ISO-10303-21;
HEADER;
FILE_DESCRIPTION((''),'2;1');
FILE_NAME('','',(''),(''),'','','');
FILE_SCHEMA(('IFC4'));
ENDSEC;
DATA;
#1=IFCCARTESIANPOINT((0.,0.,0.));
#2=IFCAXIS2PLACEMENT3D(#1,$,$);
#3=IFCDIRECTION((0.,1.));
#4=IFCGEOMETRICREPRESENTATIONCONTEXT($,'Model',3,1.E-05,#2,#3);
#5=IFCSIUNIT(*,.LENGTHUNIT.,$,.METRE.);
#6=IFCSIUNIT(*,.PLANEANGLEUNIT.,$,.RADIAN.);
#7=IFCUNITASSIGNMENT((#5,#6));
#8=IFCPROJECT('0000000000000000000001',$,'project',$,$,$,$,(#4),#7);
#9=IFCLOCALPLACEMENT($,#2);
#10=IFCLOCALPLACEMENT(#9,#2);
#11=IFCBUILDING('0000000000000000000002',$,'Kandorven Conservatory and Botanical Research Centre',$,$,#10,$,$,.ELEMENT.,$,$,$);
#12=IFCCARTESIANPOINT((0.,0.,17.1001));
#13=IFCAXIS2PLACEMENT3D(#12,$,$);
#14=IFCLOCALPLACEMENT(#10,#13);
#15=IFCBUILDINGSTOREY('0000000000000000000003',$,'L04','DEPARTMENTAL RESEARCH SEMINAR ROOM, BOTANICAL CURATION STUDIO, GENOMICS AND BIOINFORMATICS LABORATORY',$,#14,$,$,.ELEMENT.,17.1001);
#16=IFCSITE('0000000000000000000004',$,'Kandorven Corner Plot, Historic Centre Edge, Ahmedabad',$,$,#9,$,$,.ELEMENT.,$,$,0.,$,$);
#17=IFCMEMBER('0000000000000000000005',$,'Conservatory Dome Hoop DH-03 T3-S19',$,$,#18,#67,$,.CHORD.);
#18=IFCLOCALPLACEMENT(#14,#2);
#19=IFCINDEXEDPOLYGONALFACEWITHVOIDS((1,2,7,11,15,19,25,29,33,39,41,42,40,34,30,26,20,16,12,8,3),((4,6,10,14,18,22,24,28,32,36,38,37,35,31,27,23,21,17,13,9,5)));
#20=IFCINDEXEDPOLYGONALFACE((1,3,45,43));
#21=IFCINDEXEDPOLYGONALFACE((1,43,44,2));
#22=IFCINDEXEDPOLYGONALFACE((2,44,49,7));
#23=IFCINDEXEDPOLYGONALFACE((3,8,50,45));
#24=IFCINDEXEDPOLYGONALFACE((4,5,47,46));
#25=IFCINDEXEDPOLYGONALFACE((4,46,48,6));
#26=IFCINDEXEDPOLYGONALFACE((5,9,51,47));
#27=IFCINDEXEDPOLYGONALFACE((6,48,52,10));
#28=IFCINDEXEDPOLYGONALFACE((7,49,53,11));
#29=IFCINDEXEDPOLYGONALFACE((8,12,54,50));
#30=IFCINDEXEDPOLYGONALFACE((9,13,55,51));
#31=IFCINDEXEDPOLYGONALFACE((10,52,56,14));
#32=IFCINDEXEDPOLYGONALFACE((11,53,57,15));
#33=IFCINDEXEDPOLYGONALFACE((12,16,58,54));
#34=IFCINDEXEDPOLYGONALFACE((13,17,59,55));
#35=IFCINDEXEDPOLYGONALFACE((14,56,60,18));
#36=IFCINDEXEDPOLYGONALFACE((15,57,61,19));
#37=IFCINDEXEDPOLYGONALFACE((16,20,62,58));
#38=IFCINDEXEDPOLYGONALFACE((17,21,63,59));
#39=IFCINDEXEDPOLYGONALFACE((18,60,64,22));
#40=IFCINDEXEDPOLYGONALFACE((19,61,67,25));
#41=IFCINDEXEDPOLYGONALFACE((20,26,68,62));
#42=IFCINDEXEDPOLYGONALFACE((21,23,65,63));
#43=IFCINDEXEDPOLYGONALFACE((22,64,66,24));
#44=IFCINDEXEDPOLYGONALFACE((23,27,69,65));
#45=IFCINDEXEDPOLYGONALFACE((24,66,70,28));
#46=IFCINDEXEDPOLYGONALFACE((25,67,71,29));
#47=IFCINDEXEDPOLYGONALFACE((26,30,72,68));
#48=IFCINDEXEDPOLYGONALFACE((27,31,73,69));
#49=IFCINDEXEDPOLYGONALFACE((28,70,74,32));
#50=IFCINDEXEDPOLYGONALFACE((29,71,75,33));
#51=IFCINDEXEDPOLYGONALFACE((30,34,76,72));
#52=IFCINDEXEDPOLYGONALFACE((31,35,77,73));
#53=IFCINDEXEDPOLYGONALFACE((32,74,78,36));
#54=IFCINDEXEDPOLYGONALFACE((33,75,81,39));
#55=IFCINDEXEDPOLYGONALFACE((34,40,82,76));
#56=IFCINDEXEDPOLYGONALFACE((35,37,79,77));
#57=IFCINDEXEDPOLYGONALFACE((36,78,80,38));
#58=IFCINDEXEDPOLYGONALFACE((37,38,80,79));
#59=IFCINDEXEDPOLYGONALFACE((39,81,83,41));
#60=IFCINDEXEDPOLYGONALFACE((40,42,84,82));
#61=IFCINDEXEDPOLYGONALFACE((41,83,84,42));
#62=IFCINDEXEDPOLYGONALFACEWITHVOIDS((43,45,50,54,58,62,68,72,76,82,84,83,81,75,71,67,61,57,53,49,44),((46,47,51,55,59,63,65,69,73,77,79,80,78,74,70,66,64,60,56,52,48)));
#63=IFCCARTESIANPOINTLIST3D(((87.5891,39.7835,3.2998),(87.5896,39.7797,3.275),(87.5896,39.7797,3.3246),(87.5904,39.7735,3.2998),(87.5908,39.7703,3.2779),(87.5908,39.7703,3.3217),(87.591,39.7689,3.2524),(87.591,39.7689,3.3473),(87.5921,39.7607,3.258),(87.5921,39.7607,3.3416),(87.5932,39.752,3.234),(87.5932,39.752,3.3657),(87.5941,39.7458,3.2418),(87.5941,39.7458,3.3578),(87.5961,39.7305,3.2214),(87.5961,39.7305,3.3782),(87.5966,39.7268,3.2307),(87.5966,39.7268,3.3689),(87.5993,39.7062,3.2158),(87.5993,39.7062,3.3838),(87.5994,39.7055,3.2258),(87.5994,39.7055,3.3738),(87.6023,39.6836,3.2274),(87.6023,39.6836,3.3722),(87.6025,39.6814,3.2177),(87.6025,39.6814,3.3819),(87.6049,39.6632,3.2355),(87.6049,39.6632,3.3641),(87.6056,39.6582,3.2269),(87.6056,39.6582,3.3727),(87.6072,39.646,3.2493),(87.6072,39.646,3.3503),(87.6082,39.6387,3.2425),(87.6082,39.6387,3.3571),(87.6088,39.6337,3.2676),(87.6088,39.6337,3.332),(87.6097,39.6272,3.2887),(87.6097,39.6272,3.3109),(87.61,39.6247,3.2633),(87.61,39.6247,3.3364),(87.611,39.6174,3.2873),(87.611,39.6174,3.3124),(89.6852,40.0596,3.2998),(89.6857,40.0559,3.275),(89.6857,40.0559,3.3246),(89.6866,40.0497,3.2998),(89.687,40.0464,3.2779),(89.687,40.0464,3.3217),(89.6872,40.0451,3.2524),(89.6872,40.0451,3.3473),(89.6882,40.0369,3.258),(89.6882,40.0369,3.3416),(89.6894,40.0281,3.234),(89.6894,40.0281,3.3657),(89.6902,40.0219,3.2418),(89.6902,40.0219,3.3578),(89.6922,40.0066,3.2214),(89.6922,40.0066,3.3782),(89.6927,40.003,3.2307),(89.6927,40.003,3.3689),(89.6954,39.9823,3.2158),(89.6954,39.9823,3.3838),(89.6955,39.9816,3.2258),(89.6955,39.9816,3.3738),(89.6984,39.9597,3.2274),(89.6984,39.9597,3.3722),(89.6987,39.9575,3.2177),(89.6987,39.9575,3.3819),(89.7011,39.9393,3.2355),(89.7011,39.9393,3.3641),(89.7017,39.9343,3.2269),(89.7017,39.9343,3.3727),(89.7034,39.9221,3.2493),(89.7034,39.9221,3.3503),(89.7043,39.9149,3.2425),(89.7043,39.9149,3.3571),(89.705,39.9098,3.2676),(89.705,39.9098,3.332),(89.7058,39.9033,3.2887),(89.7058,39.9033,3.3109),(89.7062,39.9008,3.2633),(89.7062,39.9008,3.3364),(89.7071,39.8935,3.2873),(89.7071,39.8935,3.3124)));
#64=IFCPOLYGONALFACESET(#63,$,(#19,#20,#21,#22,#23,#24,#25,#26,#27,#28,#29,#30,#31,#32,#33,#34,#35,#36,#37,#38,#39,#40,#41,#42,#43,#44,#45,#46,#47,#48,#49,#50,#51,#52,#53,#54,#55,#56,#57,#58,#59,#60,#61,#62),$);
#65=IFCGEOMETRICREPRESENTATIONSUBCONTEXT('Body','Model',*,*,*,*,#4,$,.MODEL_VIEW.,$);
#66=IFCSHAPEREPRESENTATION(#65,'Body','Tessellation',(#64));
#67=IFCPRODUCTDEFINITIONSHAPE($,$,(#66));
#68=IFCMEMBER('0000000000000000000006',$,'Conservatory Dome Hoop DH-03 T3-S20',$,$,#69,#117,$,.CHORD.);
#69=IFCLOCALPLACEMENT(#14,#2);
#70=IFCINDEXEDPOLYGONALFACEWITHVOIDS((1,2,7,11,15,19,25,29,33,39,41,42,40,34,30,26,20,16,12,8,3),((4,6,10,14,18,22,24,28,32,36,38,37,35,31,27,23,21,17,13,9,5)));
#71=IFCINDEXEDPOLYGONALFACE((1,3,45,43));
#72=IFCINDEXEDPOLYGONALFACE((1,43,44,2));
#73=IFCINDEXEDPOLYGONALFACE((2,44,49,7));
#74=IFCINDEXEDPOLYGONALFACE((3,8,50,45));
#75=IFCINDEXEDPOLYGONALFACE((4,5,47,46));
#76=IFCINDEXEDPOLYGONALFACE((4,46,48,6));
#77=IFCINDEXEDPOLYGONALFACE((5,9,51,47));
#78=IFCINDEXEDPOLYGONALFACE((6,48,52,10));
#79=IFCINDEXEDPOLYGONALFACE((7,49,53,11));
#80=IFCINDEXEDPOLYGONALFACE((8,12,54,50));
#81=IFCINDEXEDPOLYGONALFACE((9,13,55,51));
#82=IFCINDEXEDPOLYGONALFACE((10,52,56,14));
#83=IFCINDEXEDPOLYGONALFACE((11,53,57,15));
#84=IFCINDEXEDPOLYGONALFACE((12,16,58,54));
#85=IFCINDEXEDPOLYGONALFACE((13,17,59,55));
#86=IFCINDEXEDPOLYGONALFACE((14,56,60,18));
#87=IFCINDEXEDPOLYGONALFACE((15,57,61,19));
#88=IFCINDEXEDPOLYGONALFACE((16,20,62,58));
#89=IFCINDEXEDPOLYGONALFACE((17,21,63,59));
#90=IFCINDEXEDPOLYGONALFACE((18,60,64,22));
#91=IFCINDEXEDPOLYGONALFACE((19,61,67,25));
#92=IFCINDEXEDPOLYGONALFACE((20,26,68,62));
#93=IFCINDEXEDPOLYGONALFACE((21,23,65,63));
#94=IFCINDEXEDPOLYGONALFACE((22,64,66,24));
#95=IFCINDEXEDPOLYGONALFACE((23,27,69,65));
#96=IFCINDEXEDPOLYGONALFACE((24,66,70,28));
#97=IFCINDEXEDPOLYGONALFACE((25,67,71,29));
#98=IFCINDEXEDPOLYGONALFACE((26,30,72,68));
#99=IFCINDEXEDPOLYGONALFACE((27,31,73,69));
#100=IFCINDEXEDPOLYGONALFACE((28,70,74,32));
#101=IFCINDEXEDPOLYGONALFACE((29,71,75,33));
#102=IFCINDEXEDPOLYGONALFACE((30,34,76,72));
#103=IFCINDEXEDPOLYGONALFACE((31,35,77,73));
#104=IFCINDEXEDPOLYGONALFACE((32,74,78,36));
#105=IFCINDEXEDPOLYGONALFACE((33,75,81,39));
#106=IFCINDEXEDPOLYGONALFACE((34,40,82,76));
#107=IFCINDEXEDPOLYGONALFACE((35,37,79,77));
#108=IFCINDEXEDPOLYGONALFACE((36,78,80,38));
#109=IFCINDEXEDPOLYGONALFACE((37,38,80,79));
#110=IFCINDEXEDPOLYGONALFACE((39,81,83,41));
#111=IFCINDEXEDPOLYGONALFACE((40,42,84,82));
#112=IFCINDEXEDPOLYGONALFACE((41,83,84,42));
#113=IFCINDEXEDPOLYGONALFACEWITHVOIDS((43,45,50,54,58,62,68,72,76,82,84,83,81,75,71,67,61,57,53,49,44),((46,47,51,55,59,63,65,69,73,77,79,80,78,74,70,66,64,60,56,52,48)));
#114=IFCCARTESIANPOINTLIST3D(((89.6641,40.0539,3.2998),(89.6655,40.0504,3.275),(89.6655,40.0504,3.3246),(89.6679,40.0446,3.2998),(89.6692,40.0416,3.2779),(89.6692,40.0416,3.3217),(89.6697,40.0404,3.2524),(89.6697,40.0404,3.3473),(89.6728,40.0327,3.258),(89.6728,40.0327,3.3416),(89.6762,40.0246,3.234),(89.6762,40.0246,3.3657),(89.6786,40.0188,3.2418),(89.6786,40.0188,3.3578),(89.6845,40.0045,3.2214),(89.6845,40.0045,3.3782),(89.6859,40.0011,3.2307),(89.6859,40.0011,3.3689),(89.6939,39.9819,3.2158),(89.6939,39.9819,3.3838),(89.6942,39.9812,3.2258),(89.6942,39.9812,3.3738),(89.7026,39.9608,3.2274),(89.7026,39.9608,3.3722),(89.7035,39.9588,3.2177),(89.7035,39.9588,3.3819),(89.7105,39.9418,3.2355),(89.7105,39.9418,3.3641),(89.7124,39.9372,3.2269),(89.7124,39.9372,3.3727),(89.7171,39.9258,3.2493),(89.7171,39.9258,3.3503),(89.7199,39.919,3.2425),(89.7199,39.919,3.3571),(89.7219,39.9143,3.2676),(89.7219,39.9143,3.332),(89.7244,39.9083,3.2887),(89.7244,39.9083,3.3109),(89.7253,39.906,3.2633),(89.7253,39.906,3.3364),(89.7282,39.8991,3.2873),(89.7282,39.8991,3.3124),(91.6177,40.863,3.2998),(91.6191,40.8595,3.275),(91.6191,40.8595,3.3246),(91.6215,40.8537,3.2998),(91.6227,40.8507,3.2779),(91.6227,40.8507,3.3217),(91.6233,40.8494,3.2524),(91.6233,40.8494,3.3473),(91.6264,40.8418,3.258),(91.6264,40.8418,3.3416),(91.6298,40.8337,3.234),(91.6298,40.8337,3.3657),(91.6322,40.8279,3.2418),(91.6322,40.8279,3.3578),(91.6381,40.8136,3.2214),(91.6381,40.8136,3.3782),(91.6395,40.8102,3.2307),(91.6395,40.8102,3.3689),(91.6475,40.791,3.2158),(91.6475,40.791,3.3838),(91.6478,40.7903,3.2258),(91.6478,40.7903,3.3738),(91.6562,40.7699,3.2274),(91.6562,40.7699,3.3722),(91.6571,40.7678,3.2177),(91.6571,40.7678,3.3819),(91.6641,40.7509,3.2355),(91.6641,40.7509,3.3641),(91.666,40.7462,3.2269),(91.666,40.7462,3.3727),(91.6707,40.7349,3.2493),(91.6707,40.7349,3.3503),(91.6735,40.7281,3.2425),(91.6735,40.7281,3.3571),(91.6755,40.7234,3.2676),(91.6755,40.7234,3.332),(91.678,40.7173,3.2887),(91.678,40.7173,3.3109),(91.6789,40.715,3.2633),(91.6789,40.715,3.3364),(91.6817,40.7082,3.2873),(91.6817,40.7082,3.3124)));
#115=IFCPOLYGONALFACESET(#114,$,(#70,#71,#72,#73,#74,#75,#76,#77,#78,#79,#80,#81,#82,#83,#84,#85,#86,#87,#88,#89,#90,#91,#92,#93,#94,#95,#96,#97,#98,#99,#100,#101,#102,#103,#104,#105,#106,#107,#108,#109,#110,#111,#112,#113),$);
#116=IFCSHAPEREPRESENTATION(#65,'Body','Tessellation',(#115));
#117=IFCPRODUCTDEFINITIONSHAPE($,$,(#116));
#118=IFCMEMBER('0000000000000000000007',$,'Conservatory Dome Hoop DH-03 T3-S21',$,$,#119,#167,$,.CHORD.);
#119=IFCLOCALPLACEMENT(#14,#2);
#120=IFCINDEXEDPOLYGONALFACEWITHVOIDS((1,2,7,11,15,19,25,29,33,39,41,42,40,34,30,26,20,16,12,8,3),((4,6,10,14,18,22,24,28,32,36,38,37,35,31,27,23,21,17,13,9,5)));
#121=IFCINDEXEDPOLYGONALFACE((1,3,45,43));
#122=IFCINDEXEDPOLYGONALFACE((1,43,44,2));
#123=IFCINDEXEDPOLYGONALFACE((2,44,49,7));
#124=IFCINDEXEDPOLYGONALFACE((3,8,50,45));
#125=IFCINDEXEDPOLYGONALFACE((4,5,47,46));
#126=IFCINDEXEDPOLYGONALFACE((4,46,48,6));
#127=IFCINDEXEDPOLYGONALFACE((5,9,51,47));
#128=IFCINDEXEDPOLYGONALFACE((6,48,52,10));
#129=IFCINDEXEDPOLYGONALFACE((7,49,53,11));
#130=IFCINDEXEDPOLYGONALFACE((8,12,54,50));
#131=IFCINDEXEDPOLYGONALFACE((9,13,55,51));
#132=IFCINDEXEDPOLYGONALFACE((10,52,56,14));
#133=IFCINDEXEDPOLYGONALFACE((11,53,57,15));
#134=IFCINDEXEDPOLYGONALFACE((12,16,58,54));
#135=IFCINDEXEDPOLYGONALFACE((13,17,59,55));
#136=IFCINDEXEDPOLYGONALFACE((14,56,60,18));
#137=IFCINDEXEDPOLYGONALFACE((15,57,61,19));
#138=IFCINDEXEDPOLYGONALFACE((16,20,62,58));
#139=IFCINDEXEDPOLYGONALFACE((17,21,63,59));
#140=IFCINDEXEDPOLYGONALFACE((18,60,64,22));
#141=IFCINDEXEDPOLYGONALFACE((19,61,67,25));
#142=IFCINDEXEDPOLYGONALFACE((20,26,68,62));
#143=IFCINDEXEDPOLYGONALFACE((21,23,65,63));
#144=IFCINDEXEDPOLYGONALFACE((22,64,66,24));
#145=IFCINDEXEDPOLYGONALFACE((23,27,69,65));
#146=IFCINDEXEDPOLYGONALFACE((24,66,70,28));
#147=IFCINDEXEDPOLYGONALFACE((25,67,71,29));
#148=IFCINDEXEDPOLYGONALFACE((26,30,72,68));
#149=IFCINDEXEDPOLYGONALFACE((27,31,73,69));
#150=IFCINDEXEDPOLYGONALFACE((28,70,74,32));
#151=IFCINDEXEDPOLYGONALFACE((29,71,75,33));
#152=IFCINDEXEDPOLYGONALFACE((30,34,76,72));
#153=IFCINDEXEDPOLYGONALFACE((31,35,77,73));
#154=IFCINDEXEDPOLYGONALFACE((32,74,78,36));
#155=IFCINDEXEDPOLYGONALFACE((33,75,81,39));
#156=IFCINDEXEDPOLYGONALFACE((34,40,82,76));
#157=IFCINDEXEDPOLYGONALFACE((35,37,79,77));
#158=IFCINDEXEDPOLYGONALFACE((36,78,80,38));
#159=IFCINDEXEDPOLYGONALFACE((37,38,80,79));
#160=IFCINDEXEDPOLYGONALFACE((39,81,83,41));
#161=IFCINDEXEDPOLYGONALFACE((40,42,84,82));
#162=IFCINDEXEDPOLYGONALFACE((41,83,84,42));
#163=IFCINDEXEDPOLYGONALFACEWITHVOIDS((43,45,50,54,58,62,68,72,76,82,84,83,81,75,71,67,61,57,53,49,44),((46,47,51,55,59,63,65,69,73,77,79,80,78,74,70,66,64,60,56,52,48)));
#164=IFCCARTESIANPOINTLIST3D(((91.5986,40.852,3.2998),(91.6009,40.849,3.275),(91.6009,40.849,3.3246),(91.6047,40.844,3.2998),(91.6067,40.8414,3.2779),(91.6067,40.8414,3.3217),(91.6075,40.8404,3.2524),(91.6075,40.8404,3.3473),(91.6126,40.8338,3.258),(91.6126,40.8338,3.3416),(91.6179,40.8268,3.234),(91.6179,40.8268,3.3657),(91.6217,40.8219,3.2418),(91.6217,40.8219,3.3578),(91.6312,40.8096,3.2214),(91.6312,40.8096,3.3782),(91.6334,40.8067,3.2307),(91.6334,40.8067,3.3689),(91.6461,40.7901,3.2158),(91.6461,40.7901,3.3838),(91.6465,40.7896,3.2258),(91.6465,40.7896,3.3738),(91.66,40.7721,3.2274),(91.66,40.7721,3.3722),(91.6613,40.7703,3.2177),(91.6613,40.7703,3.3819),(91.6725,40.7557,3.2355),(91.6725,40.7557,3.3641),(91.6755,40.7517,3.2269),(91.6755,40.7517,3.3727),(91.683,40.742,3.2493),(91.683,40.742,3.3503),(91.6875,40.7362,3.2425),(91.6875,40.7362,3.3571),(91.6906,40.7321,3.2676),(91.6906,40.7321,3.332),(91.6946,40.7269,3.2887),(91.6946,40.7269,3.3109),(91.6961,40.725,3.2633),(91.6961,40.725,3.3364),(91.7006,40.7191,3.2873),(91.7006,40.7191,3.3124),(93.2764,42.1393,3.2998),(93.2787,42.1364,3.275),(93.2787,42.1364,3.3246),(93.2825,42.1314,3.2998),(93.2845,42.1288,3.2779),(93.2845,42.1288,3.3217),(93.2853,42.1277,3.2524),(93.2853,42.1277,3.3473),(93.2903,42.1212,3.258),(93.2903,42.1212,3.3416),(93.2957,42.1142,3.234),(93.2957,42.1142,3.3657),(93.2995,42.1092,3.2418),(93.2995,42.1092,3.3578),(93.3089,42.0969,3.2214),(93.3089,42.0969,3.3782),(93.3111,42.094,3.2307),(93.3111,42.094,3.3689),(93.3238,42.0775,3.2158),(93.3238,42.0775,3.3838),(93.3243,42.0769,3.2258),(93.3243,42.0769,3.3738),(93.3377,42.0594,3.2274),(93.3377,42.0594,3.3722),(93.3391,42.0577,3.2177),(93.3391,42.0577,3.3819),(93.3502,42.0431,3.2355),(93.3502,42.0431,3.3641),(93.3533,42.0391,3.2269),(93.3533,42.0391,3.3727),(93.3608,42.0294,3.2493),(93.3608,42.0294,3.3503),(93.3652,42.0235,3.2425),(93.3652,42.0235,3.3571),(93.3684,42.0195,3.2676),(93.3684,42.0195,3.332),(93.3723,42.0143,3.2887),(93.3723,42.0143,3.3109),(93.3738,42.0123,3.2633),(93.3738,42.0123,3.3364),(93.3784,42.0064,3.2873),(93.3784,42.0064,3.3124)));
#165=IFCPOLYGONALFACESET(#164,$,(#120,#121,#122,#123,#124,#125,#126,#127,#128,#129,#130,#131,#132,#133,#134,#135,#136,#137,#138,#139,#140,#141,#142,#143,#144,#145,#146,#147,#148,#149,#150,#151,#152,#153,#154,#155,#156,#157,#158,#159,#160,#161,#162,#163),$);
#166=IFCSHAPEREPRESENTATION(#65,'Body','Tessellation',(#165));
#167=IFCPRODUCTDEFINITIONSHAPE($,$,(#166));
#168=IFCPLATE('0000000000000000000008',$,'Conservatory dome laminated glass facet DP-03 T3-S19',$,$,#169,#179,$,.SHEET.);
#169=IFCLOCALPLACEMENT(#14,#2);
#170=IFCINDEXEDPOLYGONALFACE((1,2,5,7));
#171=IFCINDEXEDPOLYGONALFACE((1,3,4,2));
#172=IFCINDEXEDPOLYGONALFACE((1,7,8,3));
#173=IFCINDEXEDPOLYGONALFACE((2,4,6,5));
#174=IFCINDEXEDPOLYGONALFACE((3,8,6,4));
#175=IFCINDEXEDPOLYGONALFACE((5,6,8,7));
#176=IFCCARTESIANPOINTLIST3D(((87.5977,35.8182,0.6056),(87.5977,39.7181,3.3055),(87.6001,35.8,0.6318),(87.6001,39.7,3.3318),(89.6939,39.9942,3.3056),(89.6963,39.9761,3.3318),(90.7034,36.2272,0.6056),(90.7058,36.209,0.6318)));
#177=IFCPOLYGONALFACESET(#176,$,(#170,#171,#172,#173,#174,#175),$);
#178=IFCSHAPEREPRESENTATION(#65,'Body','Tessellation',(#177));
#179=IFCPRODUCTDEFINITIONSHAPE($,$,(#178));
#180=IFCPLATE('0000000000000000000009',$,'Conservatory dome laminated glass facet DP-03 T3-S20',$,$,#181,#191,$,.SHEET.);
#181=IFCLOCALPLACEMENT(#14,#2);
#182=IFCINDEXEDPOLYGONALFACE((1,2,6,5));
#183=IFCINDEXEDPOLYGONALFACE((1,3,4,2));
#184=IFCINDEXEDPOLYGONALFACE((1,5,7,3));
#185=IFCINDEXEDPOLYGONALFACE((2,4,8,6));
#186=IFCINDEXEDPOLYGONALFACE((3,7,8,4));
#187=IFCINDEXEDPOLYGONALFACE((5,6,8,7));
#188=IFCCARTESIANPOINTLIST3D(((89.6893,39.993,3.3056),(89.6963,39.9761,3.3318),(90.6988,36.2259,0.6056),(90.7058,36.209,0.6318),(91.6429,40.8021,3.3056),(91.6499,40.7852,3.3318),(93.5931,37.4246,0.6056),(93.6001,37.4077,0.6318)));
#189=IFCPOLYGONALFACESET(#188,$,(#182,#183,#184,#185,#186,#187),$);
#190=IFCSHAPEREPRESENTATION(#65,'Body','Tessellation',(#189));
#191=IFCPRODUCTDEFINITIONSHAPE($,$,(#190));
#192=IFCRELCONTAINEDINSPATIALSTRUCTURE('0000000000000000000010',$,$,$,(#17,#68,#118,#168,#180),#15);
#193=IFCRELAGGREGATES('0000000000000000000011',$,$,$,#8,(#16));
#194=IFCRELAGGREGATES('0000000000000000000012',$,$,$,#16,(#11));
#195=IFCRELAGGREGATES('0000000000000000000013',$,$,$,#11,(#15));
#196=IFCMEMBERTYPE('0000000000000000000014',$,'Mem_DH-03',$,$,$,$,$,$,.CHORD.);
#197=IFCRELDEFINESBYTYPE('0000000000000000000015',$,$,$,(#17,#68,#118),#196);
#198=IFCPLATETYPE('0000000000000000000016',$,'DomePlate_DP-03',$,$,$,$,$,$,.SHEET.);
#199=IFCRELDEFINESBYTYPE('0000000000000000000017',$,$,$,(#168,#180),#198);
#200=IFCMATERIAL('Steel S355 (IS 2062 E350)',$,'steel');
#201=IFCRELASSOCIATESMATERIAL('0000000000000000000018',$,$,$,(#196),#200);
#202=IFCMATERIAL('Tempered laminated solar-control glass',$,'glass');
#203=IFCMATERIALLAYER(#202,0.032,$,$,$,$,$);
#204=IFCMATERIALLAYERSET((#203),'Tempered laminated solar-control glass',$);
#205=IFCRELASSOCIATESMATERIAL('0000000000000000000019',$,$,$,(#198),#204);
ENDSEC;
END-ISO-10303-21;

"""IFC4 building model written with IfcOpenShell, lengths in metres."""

from ifc_helpers import new_model, si_unit, direction, frame, origin, origin_2d, place, context, subcontext, project, spatial, polyline, hollow_circle, outline, extrude, material, layer, layer_set, material_profile, profile_set, type_object, element, save


model = new_model("IFC4")

# Units and contexts
model_context = context("Model", 3, precision=1e-05, world=origin(), true_north=direction((0.0, 1.0)))
body_context = subcontext(model_context, "Body", "Model", "MODEL_VIEW")
ifc_project = project(units=[si_unit("LENGTHUNIT", "METRE"), si_unit("PLANEANGLEUNIT", "RADIAN")], contexts=[model_context])

# Site, building, storey
site_placement = place(None, origin())
site = spatial("IfcSite", under=ifc_project, at=site_placement, Name="Kandorven Corner Plot, Historic Centre Edge, Ahmedabad", CompositionType="ELEMENT", RefElevation=0.0)
building_placement = place(site_placement, origin())
building = spatial("IfcBuilding", under=site, at=building_placement, Name="Kandorven Conservatory and Botanical Research Centre", CompositionType="ELEMENT")
storey_placement = place(building_placement, frame((0.0, 0.0, 17.1001)))
storey = spatial("IfcBuildingStorey", under=building, at=storey_placement, Name="L04", Description="DEPARTMENTAL RESEARCH SEMINAR ROOM, BOTANICAL CURATION STUDIO, GENOMICS AND BIOINFORMATICS LABORATORY", CompositionType="ELEMENT", Elevation=17.1001)

# Members
ifc_material_1 = material(Name="Steel S355 (IS 2062 E350)", Category="steel")
ifc_material_profile_1 = material_profile(ifc_material_1, hollow_circle(Radius=0.0842, WallThickness=0.01, at=origin_2d()))
ifc_profile_set_1 = profile_set([ifc_material_profile_1], Name="Steel S355 (IS 2062 E350)")
member_type_1 = type_object("IfcMemberType", Name="Mem_DH-03", PredefinedType="CHORD", material=ifc_profile_set_1)
member_1_placement = place(storey_placement, frame((87.6001, 39.7, 3.2998), z_axis=(0.991435, 0.130598, 0.0), x_axis=(-0.130598, 0.991435, 0.0)))
element("IfcMember", 1, at=member_1_placement, inside=storey, type_object=member_type_1, Name="Conservatory Dome Hoop DH-03 T3-S19", PredefinedType="CHORD", context=body_context, shape_type="SweptSolid", body=[
    extrude(hollow_circle(Radius=0.0842, WallThickness=0.01, at=origin_2d()), origin(), (0.0, 0.0, 1.0), 2.1143),
])
member_2_placement = place(storey_placement, frame((89.6963, 39.9761, 3.2998), z_axis=(0.923901, 0.382631, 0.0), x_axis=(-0.382631, 0.923901, 0.0)))
element("IfcMember", 2, at=member_2_placement, inside=storey, type_object=member_type_1, Name="Conservatory Dome Hoop DH-03 T3-S20", PredefinedType="CHORD", context=body_context, shape_type="SweptSolid", body=[
    extrude(hollow_circle(Radius=0.0842, WallThickness=0.01, at=origin_2d()), origin(), (0.0, 0.0, 1.0), 2.1145),
])
member_3_placement = place(storey_placement, frame((91.6499, 40.7852, 3.2998), z_axis=(0.793357, 0.608756, 0.0), x_axis=(-0.608756, 0.793357, 0.0)))
element("IfcMember", 3, at=member_3_placement, inside=storey, type_object=member_type_1, Name="Conservatory Dome Hoop DH-03 T3-S21", PredefinedType="CHORD", context=body_context, shape_type="SweptSolid", body=[
    extrude(hollow_circle(Radius=0.0842, WallThickness=0.01, at=origin_2d()), origin(), (0.0, 0.0, 1.0), 2.1147),
])

# Plates
ifc_material_2 = material(Name="Tempered laminated solar-control glass", Category="glass")
ifc_layer_1 = layer(ifc_material_2, 0.032)
ifc_layer_set_1 = layer_set([ifc_layer_1], Name="Tempered laminated solar-control glass")
plate_type_1 = type_object("IfcPlateType", Name="DomePlate_DP-03", PredefinedType="SHEET", material=ifc_layer_set_1)
plate_1_placement = place(storey_placement, frame((87.6001, 35.8, 0.6318), z_axis=(0.074751, -0.567613, 0.819895), x_axis=(0.991441, 0.130552, -0.00001)))
element("IfcPlate", 4, at=plate_1_placement, inside=storey, type_object=plate_type_1, Name="Conservatory dome laminated glass facet DP-03 T3-S19", PredefinedType="SHEET", context=body_context, shape_type="SweptSolid", body=[
    extrude(outline(polyline([(0.0, 0.0), (3.1325, 0.0), (2.6234, 4.716), (0.5091, 4.7159), (0.0, 0.0)])), origin(), (0.0, 0.0, -1.0), 0.032),
])
plate_2_placement = place(storey_placement, frame((90.7058, 36.209, 0.6318), z_axis=(0.219065, -0.528937, 0.8199), x_axis=(0.923894, 0.382647, 0.000004)))
element("IfcPlate", 5, at=plate_2_placement, inside=storey, type_object=plate_type_1, Name="Conservatory dome laminated glass facet DP-03 T3-S20", PredefinedType="SHEET", context=body_context, shape_type="SweptSolid", body=[
    extrude(outline(polyline([(0.0, 0.0), (3.1327, 0.0), (2.6233, 4.716), (0.5088, 4.716), (0.0, 0.0)])), origin(), (0.0, 0.0, -1.0), 0.032),
])

save(model, "model.ifc")
